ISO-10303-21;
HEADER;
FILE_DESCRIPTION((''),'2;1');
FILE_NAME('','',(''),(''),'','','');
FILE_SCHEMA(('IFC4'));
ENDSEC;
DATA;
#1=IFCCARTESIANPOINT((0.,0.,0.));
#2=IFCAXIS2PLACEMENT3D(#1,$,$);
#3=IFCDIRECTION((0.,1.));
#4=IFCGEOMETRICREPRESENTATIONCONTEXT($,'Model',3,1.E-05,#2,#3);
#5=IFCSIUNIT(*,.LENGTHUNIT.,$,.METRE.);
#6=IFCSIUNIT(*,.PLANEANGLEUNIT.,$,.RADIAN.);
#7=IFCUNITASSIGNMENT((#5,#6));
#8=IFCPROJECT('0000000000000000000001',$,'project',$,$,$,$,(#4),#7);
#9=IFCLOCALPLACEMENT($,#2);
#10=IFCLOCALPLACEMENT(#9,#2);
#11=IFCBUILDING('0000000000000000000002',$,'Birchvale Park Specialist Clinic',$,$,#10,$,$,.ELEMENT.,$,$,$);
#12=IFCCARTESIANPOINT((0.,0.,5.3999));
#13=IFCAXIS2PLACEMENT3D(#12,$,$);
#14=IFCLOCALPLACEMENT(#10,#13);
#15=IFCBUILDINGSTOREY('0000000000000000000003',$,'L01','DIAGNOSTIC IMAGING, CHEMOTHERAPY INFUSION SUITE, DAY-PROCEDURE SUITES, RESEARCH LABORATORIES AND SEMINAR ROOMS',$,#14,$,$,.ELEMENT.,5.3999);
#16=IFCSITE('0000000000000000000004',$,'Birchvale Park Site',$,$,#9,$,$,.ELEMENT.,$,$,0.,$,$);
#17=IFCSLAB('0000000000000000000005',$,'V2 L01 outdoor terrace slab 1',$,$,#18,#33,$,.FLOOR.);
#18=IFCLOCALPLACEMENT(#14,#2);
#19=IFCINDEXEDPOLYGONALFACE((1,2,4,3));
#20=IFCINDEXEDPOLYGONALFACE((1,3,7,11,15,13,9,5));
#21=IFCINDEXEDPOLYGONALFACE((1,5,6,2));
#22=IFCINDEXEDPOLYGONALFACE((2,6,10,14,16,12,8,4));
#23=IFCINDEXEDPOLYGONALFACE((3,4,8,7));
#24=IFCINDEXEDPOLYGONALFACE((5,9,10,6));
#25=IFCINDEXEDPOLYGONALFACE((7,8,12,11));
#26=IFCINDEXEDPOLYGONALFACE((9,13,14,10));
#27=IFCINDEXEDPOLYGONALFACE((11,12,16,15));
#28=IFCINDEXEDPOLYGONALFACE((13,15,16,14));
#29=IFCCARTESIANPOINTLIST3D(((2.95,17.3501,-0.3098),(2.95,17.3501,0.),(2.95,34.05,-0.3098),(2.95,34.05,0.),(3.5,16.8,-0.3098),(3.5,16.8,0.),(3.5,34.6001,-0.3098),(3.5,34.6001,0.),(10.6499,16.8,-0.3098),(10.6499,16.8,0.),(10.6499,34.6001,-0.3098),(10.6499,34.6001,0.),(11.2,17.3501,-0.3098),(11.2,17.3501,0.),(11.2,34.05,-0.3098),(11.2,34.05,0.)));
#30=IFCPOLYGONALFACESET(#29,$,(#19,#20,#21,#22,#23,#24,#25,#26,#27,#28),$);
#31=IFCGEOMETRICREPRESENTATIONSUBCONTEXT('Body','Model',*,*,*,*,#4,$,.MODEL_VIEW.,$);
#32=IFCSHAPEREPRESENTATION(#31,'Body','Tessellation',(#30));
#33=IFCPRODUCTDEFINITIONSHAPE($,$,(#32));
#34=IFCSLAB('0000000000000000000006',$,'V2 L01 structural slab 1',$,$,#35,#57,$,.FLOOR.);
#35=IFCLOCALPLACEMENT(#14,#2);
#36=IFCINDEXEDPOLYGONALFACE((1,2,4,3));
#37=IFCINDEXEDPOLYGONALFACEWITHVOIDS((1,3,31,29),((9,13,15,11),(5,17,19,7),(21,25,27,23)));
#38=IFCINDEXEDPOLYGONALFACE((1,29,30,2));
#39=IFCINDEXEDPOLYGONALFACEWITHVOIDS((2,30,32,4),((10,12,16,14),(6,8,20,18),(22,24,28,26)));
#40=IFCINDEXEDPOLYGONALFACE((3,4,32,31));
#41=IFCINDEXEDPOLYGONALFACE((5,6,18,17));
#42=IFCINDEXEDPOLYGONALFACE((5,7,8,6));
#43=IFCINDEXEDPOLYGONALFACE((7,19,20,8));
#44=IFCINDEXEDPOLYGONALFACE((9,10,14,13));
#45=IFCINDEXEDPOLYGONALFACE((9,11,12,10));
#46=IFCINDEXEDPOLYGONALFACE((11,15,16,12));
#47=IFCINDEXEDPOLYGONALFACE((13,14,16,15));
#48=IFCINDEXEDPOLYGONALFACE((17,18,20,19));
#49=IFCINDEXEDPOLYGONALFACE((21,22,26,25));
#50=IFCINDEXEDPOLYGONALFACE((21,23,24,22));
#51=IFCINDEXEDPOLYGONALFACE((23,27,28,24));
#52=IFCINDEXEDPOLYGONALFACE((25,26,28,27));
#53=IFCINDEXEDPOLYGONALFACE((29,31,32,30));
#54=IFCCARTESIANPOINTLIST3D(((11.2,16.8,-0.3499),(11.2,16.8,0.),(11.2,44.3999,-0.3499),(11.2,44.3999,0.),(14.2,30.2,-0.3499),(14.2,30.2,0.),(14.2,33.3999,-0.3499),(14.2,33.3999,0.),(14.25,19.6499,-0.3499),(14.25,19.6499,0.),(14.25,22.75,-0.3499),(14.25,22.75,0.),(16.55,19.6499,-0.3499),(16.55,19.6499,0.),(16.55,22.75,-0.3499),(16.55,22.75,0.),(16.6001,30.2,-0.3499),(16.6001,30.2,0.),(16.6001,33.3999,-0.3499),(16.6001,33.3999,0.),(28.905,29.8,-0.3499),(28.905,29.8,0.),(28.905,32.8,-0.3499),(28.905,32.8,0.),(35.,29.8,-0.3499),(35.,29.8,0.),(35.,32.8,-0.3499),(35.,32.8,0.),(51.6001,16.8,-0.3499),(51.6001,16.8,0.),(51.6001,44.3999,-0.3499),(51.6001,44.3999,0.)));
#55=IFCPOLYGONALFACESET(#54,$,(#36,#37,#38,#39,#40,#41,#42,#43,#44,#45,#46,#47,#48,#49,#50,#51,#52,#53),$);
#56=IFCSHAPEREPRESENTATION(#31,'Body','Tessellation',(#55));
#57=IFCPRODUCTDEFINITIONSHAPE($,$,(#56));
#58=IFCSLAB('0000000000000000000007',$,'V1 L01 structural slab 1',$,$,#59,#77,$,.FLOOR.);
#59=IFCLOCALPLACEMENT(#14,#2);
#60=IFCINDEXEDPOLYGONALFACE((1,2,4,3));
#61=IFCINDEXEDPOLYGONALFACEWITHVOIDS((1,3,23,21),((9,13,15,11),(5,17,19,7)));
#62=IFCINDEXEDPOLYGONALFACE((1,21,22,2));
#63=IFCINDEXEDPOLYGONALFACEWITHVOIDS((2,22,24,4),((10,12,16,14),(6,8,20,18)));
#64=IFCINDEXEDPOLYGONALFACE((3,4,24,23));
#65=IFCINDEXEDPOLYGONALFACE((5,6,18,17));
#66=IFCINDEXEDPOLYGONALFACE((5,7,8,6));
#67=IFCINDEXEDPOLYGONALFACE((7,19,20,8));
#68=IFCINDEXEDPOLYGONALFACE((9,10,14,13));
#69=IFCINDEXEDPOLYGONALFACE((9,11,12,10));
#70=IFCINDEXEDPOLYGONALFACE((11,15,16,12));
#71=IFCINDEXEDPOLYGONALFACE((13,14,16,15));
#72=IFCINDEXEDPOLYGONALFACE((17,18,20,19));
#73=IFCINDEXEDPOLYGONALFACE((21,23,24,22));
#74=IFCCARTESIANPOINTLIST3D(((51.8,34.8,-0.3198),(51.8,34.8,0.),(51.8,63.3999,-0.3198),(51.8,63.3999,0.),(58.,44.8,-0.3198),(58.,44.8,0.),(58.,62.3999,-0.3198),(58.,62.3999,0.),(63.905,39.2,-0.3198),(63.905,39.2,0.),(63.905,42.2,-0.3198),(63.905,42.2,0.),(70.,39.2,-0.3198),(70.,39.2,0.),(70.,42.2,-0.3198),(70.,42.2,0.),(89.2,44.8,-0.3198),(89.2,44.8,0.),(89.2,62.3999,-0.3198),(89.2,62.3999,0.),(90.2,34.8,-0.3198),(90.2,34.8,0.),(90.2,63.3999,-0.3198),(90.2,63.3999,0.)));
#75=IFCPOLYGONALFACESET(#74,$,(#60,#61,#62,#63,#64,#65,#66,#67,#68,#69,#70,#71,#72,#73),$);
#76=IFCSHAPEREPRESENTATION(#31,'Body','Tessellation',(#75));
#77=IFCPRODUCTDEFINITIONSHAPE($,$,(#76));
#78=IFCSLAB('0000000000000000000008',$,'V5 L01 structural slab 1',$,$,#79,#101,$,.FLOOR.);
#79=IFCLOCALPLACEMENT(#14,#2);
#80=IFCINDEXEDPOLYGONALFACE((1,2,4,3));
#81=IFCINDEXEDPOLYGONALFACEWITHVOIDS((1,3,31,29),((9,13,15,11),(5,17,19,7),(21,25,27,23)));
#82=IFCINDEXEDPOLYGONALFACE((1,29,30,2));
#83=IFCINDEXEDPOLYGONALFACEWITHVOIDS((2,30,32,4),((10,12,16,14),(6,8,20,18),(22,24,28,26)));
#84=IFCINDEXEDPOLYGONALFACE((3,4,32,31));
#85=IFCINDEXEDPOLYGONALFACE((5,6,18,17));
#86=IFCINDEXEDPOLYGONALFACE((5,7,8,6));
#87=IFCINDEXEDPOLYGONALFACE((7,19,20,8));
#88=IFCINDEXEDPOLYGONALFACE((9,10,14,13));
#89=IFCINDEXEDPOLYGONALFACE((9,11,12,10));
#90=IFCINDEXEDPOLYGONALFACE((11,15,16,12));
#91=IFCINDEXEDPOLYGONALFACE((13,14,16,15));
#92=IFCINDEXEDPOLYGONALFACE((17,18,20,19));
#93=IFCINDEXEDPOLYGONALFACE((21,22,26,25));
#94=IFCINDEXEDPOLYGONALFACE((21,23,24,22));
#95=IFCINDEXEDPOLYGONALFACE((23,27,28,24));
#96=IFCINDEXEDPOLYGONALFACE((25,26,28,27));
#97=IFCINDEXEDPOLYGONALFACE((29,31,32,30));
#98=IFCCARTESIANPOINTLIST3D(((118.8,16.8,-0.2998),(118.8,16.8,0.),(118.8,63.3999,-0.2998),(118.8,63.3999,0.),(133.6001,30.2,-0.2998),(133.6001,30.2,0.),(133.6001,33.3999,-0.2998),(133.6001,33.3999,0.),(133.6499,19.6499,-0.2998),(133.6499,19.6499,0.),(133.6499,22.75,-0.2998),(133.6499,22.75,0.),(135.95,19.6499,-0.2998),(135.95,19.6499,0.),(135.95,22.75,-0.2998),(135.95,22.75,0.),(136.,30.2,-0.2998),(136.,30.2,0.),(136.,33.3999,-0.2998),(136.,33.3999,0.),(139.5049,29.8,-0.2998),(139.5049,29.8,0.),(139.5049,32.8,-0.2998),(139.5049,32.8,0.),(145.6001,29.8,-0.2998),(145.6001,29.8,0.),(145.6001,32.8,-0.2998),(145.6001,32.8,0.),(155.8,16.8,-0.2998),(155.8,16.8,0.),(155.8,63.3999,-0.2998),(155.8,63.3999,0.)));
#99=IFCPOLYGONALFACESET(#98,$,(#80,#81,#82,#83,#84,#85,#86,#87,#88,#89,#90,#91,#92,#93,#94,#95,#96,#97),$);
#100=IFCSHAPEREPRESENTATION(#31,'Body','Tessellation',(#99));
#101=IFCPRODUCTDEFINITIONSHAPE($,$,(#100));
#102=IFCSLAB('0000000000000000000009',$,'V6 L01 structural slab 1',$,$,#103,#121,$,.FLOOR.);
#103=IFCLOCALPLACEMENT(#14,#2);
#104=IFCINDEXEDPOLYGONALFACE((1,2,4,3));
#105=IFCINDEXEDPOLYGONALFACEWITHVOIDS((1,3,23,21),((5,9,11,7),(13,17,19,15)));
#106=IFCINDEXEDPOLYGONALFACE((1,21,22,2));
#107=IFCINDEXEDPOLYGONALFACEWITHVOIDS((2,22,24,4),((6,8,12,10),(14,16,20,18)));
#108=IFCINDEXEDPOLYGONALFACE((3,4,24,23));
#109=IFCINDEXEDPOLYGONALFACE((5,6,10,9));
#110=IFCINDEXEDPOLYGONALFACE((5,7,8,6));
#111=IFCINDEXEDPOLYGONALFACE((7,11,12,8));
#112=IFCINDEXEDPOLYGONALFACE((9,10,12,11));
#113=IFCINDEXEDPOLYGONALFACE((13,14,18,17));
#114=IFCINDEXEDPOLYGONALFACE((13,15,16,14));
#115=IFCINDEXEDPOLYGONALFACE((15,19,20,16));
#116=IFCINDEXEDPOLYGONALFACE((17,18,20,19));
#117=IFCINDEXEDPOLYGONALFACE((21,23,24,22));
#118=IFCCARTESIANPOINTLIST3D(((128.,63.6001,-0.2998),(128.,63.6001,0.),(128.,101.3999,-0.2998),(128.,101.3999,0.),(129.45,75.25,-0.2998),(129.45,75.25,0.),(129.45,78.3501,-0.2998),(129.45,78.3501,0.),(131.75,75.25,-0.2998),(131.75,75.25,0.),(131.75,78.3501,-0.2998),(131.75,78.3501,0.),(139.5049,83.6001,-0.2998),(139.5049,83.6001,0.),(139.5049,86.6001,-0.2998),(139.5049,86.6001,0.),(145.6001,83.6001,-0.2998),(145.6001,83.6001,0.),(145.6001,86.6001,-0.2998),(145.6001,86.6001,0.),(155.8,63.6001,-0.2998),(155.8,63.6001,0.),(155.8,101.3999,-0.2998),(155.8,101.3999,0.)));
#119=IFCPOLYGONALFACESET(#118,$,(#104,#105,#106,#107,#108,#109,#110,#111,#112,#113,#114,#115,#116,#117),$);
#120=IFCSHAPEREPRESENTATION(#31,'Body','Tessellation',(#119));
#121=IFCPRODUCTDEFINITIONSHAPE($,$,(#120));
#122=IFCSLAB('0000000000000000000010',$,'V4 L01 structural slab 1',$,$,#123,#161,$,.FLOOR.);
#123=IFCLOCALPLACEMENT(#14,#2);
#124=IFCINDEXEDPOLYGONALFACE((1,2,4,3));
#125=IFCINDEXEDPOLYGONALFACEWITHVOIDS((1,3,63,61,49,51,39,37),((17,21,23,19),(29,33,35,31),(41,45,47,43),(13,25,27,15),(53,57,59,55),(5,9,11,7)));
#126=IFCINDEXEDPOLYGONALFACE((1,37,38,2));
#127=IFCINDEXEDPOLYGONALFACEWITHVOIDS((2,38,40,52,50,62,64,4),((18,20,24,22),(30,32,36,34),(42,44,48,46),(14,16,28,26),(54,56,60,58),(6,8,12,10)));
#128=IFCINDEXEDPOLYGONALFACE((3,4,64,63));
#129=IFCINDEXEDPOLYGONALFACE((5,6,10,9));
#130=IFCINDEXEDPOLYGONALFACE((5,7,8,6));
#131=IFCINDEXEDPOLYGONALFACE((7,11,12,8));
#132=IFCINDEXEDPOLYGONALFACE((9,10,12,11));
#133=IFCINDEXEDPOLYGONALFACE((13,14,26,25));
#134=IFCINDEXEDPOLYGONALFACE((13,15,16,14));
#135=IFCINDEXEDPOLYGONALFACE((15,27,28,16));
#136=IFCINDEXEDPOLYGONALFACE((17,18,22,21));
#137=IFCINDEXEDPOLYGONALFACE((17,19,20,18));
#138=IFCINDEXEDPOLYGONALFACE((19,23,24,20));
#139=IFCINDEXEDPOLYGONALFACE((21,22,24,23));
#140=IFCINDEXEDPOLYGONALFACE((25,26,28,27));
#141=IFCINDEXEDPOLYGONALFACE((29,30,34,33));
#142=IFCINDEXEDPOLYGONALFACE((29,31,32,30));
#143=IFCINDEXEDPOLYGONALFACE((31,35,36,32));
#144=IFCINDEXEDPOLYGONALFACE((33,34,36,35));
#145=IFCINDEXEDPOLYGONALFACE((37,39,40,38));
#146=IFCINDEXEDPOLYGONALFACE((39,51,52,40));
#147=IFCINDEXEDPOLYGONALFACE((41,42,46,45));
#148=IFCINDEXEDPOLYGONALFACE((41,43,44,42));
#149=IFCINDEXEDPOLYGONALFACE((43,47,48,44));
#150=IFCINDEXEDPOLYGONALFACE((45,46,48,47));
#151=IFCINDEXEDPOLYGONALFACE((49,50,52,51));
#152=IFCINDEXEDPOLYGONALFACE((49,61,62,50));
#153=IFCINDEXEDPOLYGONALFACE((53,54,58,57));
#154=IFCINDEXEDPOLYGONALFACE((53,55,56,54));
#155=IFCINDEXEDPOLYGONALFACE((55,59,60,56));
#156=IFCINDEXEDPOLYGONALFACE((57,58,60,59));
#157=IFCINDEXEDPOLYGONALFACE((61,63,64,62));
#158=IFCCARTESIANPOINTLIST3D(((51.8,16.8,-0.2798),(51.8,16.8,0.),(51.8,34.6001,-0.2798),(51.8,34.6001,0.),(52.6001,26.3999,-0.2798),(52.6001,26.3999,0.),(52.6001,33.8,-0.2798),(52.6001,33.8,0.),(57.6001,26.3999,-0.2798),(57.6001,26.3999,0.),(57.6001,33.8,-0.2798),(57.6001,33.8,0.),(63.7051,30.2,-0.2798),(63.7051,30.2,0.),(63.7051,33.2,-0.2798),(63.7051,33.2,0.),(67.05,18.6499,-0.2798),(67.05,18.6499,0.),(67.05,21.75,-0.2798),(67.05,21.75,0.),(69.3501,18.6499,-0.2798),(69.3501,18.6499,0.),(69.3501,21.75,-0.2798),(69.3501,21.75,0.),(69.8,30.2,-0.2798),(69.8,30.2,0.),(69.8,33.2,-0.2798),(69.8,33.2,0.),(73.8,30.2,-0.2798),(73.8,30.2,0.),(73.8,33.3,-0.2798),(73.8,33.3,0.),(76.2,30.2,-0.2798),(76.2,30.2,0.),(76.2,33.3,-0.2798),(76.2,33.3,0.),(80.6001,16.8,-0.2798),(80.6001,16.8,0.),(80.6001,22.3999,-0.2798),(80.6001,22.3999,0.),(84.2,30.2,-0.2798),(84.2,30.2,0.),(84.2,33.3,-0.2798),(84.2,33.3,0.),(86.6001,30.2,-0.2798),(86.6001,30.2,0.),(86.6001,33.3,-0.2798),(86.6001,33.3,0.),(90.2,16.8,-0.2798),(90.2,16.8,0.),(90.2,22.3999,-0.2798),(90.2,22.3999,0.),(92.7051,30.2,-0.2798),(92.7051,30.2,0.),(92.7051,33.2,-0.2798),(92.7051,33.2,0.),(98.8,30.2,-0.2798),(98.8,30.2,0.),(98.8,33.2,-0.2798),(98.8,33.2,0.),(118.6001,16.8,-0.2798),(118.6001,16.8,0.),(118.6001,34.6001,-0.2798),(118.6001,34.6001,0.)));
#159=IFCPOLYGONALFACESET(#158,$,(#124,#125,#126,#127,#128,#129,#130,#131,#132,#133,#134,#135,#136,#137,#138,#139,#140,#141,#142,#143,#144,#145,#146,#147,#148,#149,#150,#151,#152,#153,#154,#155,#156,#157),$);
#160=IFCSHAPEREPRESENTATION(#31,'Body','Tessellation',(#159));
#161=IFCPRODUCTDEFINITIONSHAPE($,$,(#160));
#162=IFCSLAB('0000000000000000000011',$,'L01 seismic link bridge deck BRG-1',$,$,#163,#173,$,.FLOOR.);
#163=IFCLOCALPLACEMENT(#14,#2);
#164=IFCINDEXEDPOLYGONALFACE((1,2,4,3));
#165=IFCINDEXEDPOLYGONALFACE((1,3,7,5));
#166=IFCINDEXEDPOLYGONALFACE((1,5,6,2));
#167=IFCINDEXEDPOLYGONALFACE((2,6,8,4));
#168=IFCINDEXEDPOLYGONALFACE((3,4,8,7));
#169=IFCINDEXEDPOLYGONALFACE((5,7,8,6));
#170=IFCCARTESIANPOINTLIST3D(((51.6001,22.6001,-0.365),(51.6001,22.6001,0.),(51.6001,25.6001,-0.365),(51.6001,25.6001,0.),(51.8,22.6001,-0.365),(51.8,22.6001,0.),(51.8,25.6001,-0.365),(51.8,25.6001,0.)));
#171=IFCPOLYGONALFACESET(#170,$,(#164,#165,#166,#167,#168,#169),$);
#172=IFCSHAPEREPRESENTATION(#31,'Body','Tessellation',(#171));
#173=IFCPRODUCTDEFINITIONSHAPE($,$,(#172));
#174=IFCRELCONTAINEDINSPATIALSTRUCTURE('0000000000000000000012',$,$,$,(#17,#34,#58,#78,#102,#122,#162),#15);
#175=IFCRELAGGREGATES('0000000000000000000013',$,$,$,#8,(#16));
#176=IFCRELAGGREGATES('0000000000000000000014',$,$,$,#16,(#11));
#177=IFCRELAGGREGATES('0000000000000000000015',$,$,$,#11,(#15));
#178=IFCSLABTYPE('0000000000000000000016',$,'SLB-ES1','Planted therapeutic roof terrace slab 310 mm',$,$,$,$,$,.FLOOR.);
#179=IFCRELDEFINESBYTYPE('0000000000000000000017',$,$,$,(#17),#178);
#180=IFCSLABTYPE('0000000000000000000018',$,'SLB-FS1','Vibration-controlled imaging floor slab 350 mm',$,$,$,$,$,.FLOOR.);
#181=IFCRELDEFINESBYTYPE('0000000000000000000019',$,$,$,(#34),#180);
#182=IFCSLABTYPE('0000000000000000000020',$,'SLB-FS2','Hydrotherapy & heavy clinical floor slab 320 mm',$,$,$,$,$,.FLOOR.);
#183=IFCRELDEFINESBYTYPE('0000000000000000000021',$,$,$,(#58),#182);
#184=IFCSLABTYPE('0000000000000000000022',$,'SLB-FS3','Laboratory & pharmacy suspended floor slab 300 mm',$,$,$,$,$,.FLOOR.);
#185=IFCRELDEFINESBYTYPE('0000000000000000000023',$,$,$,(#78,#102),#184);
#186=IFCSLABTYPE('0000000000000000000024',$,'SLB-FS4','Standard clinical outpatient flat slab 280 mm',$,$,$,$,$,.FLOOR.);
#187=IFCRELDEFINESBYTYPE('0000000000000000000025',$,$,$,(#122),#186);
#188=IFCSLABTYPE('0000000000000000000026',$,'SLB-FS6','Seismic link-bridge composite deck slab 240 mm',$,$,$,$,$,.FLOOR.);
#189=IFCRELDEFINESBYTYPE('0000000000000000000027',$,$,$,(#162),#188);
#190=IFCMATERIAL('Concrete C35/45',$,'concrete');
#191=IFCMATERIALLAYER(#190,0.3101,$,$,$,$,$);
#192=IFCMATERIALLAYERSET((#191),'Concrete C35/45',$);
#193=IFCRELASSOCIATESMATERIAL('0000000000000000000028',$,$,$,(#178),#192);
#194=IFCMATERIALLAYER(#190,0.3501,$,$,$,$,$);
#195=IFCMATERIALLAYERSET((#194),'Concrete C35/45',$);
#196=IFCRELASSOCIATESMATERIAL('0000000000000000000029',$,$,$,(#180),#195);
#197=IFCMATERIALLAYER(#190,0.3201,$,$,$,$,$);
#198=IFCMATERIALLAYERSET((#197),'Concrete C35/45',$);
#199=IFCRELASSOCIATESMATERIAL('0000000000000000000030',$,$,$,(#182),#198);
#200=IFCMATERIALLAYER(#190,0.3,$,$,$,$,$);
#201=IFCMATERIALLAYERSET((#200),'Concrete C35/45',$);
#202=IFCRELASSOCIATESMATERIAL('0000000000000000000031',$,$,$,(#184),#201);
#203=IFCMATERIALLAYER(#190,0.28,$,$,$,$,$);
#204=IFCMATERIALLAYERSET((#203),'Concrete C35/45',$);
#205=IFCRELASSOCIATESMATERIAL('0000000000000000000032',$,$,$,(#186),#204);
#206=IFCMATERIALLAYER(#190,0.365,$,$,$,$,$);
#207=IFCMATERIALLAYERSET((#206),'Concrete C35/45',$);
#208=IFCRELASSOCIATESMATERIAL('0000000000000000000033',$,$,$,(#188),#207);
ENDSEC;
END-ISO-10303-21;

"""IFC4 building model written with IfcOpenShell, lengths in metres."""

from ifc_helpers import new_model, si_unit, direction, frame, origin, place, context, subcontext, project, spatial, polyline, outline, extrude, material, layer, layer_set, type_object, element, save


model = new_model("IFC4")

# Units and contexts
model_context = context("Model", 3, precision=1e-05, world=origin(), true_north=direction((0.0, 1.0)))
body_context = subcontext(model_context, "Body", "Model", "MODEL_VIEW")
ifc_project = project(units=[si_unit("LENGTHUNIT", "METRE"), si_unit("PLANEANGLEUNIT", "RADIAN")], contexts=[model_context])

# Site, building, storey
site_placement = place(None, origin())
site = spatial("IfcSite", under=ifc_project, at=site_placement, Name="Birchvale Park Site", CompositionType="ELEMENT", RefElevation=0.0)
building_placement = place(site_placement, origin())
building = spatial("IfcBuilding", under=site, at=building_placement, Name="Birchvale Park Specialist Clinic", CompositionType="ELEMENT")
storey_placement = place(building_placement, frame((0.0, 0.0, 5.3999)))
storey = spatial("IfcBuildingStorey", under=building, at=storey_placement, Name="L01", Description="DIAGNOSTIC IMAGING, CHEMOTHERAPY INFUSION SUITE, DAY-PROCEDURE SUITES, RESEARCH LABORATORIES AND SEMINAR ROOMS", CompositionType="ELEMENT", Elevation=5.3999)

# Slabs
ifc_material = material(Name="Concrete C35/45", Category="concrete")
ifc_layer_1 = layer(ifc_material, 0.3101)
ifc_layer_set_1 = layer_set([ifc_layer_1], Name="Concrete C35/45")
slab_type_1 = type_object("IfcSlabType", Name="SLB-ES1", Description="Planted therapeutic roof terrace slab 310 mm", PredefinedType="FLOOR", material=ifc_layer_set_1)
slab_1_placement = place(storey_placement, frame((0.0, 0.0, -0.3098)))
element("IfcSlab", 1, at=slab_1_placement, inside=storey, type_object=slab_type_1, Name="V2 L01 outdoor terrace slab 1", PredefinedType="FLOOR", context=body_context, shape_type="SweptSolid", body=[
    extrude(outline(polyline([(3.5, 16.8), (10.6499, 16.8), (11.2, 17.3501), (11.2, 34.05), (10.6499, 34.6001), (3.5, 34.6001), (2.95, 34.05), (2.95, 17.3501), (3.5, 16.8)])), origin(), (0.0, 0.0, 1.0), 0.3098),
])
ifc_layer_2 = layer(ifc_material, 0.3501)
ifc_layer_set_2 = layer_set([ifc_layer_2], Name="Concrete C35/45")
slab_type_2 = type_object("IfcSlabType", Name="SLB-FS1", Description="Vibration-controlled imaging floor slab 350 mm", PredefinedType="FLOOR", material=ifc_layer_set_2)
slab_2_placement = place(storey_placement, frame((0.0, 0.0, -0.3499)))
element("IfcSlab", 2, at=slab_2_placement, inside=storey, type_object=slab_type_2, Name="V2 L01 structural slab 1", PredefinedType="FLOOR", context=body_context, shape_type="SweptSolid", body=[
    extrude(outline(polyline([(11.2, 16.8), (51.6001, 16.8), (51.6001, 44.3999), (11.2, 44.3999), (11.2, 16.8)]), holes=[polyline([(28.905, 29.8), (35.0, 29.8), (35.0, 32.8), (28.905, 32.8), (28.905, 29.8)]), polyline([(14.25, 19.6499), (16.55, 19.6499), (16.55, 22.75), (14.25, 22.75), (14.25, 19.6499)]), polyline([(14.2, 30.2), (16.6001, 30.2), (16.6001, 33.3999), (14.2, 33.3999), (14.2, 30.2)])]), origin(), (0.0, 0.0, 1.0), 0.3499),
])
ifc_layer_3 = layer(ifc_material, 0.3201)
ifc_layer_set_3 = layer_set([ifc_layer_3], Name="Concrete C35/45")
slab_type_3 = type_object("IfcSlabType", Name="SLB-FS2", Description="Hydrotherapy & heavy clinical floor slab 320 mm", PredefinedType="FLOOR", material=ifc_layer_set_3)
slab_3_placement = place(storey_placement, frame((0.0, 0.0, -0.3198)))
element("IfcSlab", 3, at=slab_3_placement, inside=storey, type_object=slab_type_3, Name="V1 L01 structural slab 1", PredefinedType="FLOOR", context=body_context, shape_type="SweptSolid", body=[
    extrude(outline(polyline([(51.8, 34.8), (90.2, 34.8), (90.2, 63.3999), (51.8, 63.3999), (51.8, 34.8)]), holes=[polyline([(58.0, 44.8), (89.2, 44.8), (89.2, 62.3999), (58.0, 62.3999), (58.0, 44.8)]), polyline([(63.905, 39.2), (70.0, 39.2), (70.0, 42.2), (63.905, 42.2), (63.905, 39.2)])]), origin(), (0.0, 0.0, 1.0), 0.3198),
])
ifc_layer_4 = layer(ifc_material, 0.3)
ifc_layer_set_4 = layer_set([ifc_layer_4], Name="Concrete C35/45")
slab_type_4 = type_object("IfcSlabType", Name="SLB-FS3", Description="Laboratory & pharmacy suspended floor slab 300 mm", PredefinedType="FLOOR", material=ifc_layer_set_4)
slab_4_placement = place(storey_placement, frame((0.0, 0.0, -0.2998)))
element("IfcSlab", 4, at=slab_4_placement, inside=storey, type_object=slab_type_4, Name="V5 L01 structural slab 1", PredefinedType="FLOOR", context=body_context, shape_type="SweptSolid", body=[
    extrude(outline(polyline([(118.8, 16.8), (155.8, 16.8), (155.8, 63.3999), (118.8, 63.3999), (118.8, 16.8)]), holes=[polyline([(139.5049, 29.8), (145.6001, 29.8), (145.6001, 32.8), (139.5049, 32.8), (139.5049, 29.8)]), polyline([(133.6499, 19.6499), (135.95, 19.6499), (135.95, 22.75), (133.6499, 22.75), (133.6499, 19.6499)]), polyline([(133.6001, 30.2), (136.0, 30.2), (136.0, 33.3999), (133.6001, 33.3999), (133.6001, 30.2)])]), origin(), (0.0, 0.0, 1.0), 0.2998),
])
slab_5_placement = place(storey_placement, frame((0.0, 0.0, -0.2998)))
element("IfcSlab", 5, at=slab_5_placement, inside=storey, type_object=slab_type_4, Name="V6 L01 structural slab 1", PredefinedType="FLOOR", context=body_context, shape_type="SweptSolid", body=[
    extrude(outline(polyline([(128.0, 63.6001), (155.8, 63.6001), (155.8, 101.3999), (128.0, 101.3999), (128.0, 63.6001)]), holes=[polyline([(139.5049, 83.6001), (145.6001, 83.6001), (145.6001, 86.6001), (139.5049, 86.6001), (139.5049, 83.6001)]), polyline([(129.45, 75.25), (131.75, 75.25), (131.75, 78.3501), (129.45, 78.3501), (129.45, 75.25)])]), origin(), (0.0, 0.0, 1.0), 0.2998),
])
ifc_layer_5 = layer(ifc_material, 0.28)
ifc_layer_set_5 = layer_set([ifc_layer_5], Name="Concrete C35/45")
slab_type_5 = type_object("IfcSlabType", Name="SLB-FS4", Description="Standard clinical outpatient flat slab 280 mm", PredefinedType="FLOOR", material=ifc_layer_set_5)
slab_6_placement = place(storey_placement, frame((0.0, 0.0, -0.2798)))
element("IfcSlab", 6, at=slab_6_placement, inside=storey, type_object=slab_type_5, Name="V4 L01 structural slab 1", PredefinedType="FLOOR", context=body_context, shape_type="SweptSolid", body=[
    extrude(outline(polyline([(51.8, 16.8), (80.6001, 16.8), (80.6001, 22.3999), (90.2, 22.3999), (90.2, 16.8), (118.6001, 16.8), (118.6001, 34.6001), (51.8, 34.6001), (51.8, 16.8)]), holes=[polyline([(52.6001, 26.3999), (57.6001, 26.3999), (57.6001, 33.8), (52.6001, 33.8), (52.6001, 26.3999)]), polyline([(63.7051, 30.2), (69.8, 30.2), (69.8, 33.2), (63.7051, 33.2), (63.7051, 30.2)]), polyline([(92.7051, 30.2), (98.8, 30.2), (98.8, 33.2), (92.7051, 33.2), (92.7051, 30.2)]), polyline([(73.8, 30.2), (76.2, 30.2), (76.2, 33.3), (73.8, 33.3), (73.8, 30.2)]), polyline([(84.2, 30.2), (86.6001, 30.2), (86.6001, 33.3), (84.2, 33.3), (84.2, 30.2)]), polyline([(67.05, 18.6499), (69.3501, 18.6499), (69.3501, 21.75), (67.05, 21.75), (67.05, 18.6499)])]), origin(), (0.0, 0.0, 1.0), 0.2798),
])
ifc_layer_6 = layer(ifc_material, 0.365)
ifc_layer_set_6 = layer_set([ifc_layer_6], Name="Concrete C35/45")
slab_type_6 = type_object("IfcSlabType", Name="SLB-FS6", Description="Seismic link-bridge composite deck slab 240 mm", PredefinedType="FLOOR", material=ifc_layer_set_6)
slab_7_placement = place(storey_placement, frame((0.0, 0.0, -0.365)))
element("IfcSlab", 7, at=slab_7_placement, inside=storey, type_object=slab_type_6, Name="L01 seismic link bridge deck BRG-1", PredefinedType="FLOOR", context=body_context, shape_type="SweptSolid", body=[
    extrude(outline(polyline([(51.6001, 22.6001), (51.8, 22.6001), (51.8, 25.6001), (51.6001, 25.6001), (51.6001, 22.6001)])), origin(), (0.0, 0.0, 1.0), 0.365),
])

save(model, "model.ifc")
